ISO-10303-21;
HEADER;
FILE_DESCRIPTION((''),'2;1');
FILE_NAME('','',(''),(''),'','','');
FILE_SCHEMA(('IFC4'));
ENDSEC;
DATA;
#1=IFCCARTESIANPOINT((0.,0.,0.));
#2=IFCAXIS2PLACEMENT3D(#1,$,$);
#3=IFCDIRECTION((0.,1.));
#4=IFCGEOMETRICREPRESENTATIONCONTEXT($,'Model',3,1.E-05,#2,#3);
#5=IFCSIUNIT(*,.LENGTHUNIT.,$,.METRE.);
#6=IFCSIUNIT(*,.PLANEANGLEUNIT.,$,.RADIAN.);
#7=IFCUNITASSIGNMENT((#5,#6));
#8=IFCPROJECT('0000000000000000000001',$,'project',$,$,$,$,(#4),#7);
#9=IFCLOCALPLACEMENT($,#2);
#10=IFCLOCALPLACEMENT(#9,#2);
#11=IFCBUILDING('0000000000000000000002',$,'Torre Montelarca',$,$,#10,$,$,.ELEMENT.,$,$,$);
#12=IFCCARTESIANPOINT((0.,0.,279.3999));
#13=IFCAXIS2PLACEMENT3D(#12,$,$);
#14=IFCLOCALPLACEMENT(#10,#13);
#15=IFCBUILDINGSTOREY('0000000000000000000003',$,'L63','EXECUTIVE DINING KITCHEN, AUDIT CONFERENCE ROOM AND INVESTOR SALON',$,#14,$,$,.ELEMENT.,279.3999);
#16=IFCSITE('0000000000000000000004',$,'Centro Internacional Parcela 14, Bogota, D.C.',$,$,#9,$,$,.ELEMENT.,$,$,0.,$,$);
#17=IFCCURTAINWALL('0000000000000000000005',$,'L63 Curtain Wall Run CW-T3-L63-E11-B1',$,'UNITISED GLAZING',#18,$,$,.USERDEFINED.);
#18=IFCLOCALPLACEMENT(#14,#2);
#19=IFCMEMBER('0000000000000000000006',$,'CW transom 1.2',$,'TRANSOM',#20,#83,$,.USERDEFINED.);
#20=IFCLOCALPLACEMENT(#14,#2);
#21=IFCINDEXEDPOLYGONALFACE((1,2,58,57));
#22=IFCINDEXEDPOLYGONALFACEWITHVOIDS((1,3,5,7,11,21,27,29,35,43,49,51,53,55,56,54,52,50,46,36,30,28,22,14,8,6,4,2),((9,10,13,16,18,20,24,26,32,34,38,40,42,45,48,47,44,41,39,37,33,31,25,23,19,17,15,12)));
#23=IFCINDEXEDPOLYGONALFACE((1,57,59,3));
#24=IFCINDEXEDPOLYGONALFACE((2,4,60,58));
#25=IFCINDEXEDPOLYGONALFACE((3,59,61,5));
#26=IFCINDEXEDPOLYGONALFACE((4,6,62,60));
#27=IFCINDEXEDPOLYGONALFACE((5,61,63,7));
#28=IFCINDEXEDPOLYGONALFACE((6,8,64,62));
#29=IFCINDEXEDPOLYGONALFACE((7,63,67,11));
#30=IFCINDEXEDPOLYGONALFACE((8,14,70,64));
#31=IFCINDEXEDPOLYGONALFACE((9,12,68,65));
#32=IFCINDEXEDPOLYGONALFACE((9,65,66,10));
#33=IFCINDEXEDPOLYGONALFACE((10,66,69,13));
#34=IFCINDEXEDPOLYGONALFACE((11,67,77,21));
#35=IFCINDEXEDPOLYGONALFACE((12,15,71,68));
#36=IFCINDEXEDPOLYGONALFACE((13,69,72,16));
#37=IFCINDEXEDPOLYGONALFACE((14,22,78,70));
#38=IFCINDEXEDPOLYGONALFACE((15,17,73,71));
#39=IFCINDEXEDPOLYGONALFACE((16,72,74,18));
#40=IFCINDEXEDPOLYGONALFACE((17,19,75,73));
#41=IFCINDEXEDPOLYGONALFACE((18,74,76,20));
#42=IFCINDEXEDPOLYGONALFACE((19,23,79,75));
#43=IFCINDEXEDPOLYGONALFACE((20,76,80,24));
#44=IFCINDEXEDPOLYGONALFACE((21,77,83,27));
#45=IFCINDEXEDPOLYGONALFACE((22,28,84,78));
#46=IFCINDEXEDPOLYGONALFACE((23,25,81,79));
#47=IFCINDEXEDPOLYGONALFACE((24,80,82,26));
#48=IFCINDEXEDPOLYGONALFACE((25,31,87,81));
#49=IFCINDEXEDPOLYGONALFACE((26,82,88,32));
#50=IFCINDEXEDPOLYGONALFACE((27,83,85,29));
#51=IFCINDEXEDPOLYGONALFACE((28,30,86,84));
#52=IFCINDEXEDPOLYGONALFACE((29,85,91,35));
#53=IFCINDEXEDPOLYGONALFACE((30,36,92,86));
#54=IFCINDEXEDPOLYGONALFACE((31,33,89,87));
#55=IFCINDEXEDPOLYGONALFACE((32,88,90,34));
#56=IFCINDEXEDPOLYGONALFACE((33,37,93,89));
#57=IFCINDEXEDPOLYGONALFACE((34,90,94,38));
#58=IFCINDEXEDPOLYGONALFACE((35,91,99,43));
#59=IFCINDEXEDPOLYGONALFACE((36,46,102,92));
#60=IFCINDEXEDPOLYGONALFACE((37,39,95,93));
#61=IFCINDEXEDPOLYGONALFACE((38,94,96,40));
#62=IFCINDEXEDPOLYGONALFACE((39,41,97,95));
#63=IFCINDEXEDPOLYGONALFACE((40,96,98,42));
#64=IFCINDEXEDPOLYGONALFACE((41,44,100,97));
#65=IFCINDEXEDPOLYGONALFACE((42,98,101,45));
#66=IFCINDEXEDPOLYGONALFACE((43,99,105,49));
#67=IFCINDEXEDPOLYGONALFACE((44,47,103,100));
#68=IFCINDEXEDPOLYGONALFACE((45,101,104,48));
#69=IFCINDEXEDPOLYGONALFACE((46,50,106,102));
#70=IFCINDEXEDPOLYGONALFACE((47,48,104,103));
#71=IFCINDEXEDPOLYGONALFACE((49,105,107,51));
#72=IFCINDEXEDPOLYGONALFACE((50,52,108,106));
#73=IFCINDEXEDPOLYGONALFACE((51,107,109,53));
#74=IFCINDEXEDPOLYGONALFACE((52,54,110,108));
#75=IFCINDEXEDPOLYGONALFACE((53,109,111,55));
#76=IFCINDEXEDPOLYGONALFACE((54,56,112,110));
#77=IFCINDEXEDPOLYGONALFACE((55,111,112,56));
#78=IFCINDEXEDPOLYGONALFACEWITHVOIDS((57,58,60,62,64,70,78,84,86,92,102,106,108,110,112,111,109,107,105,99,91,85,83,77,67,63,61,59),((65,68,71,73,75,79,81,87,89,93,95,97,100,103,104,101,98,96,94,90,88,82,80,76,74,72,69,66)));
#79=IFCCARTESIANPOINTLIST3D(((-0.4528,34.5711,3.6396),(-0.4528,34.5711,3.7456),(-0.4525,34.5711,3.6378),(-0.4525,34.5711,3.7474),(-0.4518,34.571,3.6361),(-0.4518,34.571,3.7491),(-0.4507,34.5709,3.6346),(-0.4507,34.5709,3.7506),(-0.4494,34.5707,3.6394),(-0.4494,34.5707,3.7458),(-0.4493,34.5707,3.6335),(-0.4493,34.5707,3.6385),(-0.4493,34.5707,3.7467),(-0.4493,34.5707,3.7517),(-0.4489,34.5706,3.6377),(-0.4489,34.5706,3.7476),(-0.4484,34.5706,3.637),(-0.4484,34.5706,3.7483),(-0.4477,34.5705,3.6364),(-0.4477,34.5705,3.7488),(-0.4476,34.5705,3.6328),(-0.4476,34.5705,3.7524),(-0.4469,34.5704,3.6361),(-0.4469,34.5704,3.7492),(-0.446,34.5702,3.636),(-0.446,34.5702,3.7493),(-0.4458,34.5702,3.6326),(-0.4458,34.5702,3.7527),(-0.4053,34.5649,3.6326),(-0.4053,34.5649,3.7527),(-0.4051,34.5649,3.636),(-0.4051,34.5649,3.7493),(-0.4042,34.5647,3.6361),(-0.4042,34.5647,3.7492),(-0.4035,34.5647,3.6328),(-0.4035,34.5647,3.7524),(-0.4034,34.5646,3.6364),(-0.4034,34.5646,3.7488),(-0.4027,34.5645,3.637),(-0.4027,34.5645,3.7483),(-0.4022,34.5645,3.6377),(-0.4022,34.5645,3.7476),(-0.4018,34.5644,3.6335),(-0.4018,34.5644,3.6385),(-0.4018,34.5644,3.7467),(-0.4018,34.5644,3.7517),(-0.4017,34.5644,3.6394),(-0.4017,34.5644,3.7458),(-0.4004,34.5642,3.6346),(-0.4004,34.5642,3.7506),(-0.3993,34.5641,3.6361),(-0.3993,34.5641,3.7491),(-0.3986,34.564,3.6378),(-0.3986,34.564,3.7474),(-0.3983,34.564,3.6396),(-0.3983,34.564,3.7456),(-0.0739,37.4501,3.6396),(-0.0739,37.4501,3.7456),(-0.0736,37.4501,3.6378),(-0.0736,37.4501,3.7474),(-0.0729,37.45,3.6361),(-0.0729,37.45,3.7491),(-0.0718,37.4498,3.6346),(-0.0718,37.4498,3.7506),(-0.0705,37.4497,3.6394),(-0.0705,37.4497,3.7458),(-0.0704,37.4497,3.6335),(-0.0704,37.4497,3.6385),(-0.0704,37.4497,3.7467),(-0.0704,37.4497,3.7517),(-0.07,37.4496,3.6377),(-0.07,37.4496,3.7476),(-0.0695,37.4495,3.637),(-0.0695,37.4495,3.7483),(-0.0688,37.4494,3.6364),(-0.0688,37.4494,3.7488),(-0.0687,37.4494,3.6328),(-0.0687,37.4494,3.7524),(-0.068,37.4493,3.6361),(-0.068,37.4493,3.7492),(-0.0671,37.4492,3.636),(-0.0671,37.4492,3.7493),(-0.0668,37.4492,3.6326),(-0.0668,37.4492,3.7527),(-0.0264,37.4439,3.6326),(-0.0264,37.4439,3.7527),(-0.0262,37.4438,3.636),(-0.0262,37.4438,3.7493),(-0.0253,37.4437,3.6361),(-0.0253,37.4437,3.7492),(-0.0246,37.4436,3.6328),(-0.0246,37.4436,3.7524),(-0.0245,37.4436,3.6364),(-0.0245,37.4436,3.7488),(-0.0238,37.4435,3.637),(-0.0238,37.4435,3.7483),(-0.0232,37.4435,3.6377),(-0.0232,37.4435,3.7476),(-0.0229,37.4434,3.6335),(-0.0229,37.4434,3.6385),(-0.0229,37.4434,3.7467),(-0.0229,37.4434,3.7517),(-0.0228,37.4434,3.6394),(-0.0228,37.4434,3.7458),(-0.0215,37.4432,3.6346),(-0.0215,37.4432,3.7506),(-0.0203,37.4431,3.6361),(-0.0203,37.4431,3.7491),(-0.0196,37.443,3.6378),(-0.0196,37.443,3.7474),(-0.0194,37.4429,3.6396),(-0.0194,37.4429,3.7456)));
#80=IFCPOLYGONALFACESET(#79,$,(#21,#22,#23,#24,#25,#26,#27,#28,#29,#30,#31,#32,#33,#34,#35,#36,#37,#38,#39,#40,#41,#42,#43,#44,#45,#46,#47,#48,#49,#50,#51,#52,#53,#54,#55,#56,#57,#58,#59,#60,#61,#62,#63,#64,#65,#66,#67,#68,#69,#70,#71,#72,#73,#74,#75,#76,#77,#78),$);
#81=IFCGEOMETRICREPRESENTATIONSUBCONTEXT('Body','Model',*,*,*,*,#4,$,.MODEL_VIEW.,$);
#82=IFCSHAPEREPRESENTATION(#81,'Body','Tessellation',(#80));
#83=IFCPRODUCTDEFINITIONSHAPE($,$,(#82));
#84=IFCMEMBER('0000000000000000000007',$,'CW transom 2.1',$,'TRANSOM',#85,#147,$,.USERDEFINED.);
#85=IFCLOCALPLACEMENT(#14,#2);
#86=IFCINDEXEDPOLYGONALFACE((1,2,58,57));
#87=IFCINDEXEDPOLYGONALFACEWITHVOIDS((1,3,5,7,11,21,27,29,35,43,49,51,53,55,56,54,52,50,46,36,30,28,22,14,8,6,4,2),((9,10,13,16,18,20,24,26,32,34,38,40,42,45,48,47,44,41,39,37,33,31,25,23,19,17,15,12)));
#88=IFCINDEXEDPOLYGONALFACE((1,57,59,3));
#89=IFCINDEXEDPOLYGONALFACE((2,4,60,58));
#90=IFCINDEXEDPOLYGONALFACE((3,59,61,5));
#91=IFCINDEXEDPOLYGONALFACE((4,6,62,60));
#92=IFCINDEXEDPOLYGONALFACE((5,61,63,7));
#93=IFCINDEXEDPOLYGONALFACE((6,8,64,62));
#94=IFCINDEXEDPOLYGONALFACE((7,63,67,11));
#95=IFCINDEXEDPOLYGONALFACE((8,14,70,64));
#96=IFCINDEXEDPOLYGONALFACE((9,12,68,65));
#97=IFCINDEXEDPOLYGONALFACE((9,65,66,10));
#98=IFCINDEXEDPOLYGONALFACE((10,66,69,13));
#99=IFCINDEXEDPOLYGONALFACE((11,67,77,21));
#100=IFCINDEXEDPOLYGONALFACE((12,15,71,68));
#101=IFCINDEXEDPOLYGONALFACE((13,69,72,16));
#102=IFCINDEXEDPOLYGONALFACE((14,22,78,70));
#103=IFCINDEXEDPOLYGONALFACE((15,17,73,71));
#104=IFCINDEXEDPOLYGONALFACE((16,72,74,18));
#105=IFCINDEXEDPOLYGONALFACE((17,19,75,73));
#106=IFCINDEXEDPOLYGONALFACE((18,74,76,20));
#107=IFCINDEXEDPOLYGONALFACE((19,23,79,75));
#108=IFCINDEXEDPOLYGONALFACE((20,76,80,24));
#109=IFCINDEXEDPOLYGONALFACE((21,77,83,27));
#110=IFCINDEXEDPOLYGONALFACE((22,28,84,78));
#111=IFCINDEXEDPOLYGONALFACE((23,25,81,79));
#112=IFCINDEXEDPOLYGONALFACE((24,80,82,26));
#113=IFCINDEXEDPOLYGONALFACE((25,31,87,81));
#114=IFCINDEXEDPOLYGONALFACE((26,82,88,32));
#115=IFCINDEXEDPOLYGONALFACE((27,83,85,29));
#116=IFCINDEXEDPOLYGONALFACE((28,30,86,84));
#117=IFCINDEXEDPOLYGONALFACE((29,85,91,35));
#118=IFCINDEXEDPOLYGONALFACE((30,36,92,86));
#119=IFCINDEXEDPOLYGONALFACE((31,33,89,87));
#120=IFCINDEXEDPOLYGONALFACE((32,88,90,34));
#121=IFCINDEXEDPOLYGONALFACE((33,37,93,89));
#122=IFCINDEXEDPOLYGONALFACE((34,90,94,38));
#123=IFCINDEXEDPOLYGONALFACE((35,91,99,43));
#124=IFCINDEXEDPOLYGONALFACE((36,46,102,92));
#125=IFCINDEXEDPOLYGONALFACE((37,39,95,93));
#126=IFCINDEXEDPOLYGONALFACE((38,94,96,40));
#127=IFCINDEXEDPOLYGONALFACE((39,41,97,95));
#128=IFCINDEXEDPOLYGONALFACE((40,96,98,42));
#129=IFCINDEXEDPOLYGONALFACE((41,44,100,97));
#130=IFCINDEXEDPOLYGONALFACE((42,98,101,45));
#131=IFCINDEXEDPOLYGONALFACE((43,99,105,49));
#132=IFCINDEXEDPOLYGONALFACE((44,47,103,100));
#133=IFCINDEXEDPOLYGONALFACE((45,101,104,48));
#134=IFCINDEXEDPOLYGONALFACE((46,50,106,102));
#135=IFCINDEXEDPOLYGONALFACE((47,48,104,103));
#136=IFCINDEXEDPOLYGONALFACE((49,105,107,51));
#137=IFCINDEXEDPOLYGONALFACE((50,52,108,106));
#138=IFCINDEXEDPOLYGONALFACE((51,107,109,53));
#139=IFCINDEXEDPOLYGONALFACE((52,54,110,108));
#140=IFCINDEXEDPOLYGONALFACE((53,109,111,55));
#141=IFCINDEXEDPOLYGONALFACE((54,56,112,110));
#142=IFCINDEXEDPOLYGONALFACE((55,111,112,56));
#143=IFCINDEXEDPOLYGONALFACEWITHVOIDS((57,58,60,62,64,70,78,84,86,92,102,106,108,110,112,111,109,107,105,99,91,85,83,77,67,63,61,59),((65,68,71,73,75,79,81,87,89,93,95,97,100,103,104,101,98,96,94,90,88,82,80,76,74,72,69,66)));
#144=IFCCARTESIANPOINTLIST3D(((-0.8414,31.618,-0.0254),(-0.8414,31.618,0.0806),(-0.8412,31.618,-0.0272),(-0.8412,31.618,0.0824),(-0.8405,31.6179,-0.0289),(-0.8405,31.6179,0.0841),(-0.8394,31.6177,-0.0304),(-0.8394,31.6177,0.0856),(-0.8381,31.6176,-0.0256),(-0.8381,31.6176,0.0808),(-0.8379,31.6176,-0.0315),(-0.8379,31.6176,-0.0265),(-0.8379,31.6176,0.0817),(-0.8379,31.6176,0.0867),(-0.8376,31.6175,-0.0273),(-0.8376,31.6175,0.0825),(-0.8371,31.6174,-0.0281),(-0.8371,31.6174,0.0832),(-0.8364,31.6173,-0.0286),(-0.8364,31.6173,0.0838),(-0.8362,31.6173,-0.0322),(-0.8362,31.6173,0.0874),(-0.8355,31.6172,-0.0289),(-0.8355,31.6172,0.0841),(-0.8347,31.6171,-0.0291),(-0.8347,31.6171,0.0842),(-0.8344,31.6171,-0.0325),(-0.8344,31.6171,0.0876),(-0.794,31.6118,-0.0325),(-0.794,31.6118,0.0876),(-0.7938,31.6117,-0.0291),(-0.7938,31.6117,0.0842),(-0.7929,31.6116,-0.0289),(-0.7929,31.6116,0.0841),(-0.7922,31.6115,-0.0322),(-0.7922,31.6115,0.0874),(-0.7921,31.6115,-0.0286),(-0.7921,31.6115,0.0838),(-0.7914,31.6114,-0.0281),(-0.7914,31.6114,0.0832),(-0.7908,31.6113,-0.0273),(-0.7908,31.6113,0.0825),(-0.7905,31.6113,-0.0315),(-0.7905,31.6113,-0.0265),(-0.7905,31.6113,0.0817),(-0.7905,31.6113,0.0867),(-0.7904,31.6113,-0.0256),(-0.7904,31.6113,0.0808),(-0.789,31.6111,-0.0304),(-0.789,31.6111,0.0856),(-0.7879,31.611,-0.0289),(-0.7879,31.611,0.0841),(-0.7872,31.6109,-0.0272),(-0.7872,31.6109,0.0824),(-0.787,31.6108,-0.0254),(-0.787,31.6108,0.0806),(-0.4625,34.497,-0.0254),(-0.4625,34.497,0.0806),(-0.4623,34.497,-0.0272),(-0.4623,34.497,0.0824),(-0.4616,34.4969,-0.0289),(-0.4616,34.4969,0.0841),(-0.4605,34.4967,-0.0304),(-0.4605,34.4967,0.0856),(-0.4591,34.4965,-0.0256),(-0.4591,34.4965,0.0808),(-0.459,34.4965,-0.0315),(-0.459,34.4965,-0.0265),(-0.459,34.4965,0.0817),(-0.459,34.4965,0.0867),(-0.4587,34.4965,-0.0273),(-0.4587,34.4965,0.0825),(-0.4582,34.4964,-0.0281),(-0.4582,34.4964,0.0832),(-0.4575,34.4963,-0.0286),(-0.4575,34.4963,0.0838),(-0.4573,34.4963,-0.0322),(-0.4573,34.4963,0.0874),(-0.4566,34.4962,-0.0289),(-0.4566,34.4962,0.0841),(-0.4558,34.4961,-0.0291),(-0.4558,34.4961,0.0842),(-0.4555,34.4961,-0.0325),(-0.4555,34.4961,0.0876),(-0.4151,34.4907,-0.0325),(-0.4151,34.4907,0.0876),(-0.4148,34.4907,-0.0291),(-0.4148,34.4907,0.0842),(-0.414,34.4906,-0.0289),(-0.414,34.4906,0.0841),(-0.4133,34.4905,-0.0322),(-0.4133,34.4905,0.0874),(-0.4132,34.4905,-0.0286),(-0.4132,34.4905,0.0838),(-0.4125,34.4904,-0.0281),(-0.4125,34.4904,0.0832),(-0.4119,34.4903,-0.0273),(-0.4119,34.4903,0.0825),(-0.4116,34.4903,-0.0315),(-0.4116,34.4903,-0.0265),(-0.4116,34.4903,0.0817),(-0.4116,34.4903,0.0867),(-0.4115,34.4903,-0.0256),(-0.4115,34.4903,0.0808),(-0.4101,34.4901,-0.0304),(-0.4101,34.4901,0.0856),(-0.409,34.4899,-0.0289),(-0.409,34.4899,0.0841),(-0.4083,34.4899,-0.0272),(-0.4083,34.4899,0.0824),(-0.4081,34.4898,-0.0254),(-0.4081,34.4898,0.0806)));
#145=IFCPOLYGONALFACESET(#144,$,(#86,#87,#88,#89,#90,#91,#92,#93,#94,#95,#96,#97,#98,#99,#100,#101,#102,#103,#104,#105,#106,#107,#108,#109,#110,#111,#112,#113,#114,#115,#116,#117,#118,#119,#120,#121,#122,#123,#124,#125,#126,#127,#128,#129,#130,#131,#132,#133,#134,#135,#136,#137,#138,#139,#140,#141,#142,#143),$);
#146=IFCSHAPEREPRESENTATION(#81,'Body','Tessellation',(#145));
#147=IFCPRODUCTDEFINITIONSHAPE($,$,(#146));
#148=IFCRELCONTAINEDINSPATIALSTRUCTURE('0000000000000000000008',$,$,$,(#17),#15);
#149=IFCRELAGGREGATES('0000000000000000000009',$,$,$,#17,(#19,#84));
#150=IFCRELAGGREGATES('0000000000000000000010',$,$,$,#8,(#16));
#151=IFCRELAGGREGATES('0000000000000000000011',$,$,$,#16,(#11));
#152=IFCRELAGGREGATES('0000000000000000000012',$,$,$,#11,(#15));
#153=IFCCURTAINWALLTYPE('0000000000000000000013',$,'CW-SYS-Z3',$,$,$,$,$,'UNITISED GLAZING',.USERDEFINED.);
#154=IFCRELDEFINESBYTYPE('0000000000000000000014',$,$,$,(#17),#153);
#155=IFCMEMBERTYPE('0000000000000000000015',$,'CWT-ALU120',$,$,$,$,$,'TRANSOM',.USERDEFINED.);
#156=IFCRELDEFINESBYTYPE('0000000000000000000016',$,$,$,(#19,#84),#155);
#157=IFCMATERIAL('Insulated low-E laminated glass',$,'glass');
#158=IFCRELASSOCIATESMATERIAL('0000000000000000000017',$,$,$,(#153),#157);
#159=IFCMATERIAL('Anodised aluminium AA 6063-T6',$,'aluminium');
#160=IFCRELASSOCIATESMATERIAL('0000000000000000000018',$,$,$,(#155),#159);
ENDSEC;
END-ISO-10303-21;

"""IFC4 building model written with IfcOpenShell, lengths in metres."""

from ifc_helpers import new_model, si_unit, direction, frame, origin, origin_2d, place, context, subcontext, project, spatial, hollow_rectangle, extrude, source, transform, mapped, material, material_profile, profile_set, type_object, element, aggregate, save


model = new_model("IFC4")

# Units and contexts
model_context = context("Model", 3, precision=1e-05, world=origin(), true_north=direction((0.0, 1.0)))
body_context = subcontext(model_context, "Body", "Model", "MODEL_VIEW")
ifc_project = project(units=[si_unit("LENGTHUNIT", "METRE"), si_unit("PLANEANGLEUNIT", "RADIAN")], contexts=[model_context])

# Site, building, storey
site_placement = place(None, origin())
site = spatial("IfcSite", under=ifc_project, at=site_placement, Name="Centro Internacional Parcela 14, Bogota, D.C.", CompositionType="ELEMENT", RefElevation=0.0)
building_placement = place(site_placement, origin())
building = spatial("IfcBuilding", under=site, at=building_placement, Name="Torre Montelarca", CompositionType="ELEMENT")
storey_placement = place(building_placement, frame((0.0, 0.0, 279.3999)))
storey = spatial("IfcBuildingStorey", under=building, at=storey_placement, Name="L63", Description="EXECUTIVE DINING KITCHEN, AUDIT CONFERENCE ROOM AND INVESTOR SALON", CompositionType="ELEMENT", Elevation=279.3999)

# Shared definitions
ifc_material_1 = material(Name="Insulated low-E laminated glass", Category="glass")
curtain_wall_type = type_object("IfcCurtainWallType", Name="CW-SYS-Z3", ElementType="UNITISED GLAZING", PredefinedType="USERDEFINED", material=ifc_material_1)
ifc_material_2 = material(Name="Anodised aluminium AA 6063-T6", Category="aluminium")

# Curtain wall, members
curtain_wall_1_placement = place(storey_placement, origin())
curtain_wall_1 = element("IfcCurtainWall", 1, at=curtain_wall_1_placement, inside=storey, type_object=curtain_wall_type, Name="L63 Curtain Wall Run CW-T3-L63-E11-B1", ObjectType="UNITISED GLAZING", PredefinedType="USERDEFINED")
ifc_material_profile_1 = material_profile(ifc_material_2, hollow_rectangle(XDim=0.0549, YDim=0.1201, WallThickness=0.0034, InnerFilletRadius=0.0034, OuterFilletRadius=0.0071, at=origin_2d()), Name="ALU55X120X3.5", Category="aluminium")
ifc_profile_set_1 = profile_set([ifc_material_profile_1], Name="Anodised aluminium AA 6063-T6")
member_type_1 = type_object("IfcMemberType", Name="CWT-ALU120", ElementType="TRANSOM", PredefinedType="USERDEFINED", material=ifc_profile_set_1)
shared_shape_1 = source(origin(), body_context, "Body", "SweptSolid", [
    extrude(hollow_rectangle(XDim=0.0549, YDim=0.1201, WallThickness=0.0034, InnerFilletRadius=0.0034, OuterFilletRadius=0.0071, at=origin_2d()), origin(), (0.0, 0.0, 1.0), 2.9038),
])
member_1_placement = place(storey_placement, frame((-0.0466, 37.4465, 3.6926), z_axis=(-0.130489, -0.99145, 0.0), x_axis=(0.99145, -0.130489, 0.0)))
member_1 = element("IfcMember", 2, at=member_1_placement, type_object=member_type_1, Name="CW transom 1.2", ObjectType="TRANSOM", PredefinedType="USERDEFINED", context=body_context, shape_type="MappedRepresentation", body=[
    mapped(shared_shape_1, transform((0.0, 0.0, 0.0), scale=1.0)),
])
member_2_placement = place(storey_placement, frame((-0.4353, 34.4934, 0.0276), z_axis=(-0.130489, -0.99145, 0.0), x_axis=(0.99145, -0.130489, 0.0)))
member_2 = element("IfcMember", 3, at=member_2_placement, type_object=member_type_1, Name="CW transom 2.1", ObjectType="TRANSOM", PredefinedType="USERDEFINED", context=body_context, shape_type="MappedRepresentation", body=[
    mapped(shared_shape_1, transform((0.0, 0.0, 0.0), scale=1.0)),
])
aggregate(curtain_wall_1, [member_1, member_2])

save(model, "model.ifc")
